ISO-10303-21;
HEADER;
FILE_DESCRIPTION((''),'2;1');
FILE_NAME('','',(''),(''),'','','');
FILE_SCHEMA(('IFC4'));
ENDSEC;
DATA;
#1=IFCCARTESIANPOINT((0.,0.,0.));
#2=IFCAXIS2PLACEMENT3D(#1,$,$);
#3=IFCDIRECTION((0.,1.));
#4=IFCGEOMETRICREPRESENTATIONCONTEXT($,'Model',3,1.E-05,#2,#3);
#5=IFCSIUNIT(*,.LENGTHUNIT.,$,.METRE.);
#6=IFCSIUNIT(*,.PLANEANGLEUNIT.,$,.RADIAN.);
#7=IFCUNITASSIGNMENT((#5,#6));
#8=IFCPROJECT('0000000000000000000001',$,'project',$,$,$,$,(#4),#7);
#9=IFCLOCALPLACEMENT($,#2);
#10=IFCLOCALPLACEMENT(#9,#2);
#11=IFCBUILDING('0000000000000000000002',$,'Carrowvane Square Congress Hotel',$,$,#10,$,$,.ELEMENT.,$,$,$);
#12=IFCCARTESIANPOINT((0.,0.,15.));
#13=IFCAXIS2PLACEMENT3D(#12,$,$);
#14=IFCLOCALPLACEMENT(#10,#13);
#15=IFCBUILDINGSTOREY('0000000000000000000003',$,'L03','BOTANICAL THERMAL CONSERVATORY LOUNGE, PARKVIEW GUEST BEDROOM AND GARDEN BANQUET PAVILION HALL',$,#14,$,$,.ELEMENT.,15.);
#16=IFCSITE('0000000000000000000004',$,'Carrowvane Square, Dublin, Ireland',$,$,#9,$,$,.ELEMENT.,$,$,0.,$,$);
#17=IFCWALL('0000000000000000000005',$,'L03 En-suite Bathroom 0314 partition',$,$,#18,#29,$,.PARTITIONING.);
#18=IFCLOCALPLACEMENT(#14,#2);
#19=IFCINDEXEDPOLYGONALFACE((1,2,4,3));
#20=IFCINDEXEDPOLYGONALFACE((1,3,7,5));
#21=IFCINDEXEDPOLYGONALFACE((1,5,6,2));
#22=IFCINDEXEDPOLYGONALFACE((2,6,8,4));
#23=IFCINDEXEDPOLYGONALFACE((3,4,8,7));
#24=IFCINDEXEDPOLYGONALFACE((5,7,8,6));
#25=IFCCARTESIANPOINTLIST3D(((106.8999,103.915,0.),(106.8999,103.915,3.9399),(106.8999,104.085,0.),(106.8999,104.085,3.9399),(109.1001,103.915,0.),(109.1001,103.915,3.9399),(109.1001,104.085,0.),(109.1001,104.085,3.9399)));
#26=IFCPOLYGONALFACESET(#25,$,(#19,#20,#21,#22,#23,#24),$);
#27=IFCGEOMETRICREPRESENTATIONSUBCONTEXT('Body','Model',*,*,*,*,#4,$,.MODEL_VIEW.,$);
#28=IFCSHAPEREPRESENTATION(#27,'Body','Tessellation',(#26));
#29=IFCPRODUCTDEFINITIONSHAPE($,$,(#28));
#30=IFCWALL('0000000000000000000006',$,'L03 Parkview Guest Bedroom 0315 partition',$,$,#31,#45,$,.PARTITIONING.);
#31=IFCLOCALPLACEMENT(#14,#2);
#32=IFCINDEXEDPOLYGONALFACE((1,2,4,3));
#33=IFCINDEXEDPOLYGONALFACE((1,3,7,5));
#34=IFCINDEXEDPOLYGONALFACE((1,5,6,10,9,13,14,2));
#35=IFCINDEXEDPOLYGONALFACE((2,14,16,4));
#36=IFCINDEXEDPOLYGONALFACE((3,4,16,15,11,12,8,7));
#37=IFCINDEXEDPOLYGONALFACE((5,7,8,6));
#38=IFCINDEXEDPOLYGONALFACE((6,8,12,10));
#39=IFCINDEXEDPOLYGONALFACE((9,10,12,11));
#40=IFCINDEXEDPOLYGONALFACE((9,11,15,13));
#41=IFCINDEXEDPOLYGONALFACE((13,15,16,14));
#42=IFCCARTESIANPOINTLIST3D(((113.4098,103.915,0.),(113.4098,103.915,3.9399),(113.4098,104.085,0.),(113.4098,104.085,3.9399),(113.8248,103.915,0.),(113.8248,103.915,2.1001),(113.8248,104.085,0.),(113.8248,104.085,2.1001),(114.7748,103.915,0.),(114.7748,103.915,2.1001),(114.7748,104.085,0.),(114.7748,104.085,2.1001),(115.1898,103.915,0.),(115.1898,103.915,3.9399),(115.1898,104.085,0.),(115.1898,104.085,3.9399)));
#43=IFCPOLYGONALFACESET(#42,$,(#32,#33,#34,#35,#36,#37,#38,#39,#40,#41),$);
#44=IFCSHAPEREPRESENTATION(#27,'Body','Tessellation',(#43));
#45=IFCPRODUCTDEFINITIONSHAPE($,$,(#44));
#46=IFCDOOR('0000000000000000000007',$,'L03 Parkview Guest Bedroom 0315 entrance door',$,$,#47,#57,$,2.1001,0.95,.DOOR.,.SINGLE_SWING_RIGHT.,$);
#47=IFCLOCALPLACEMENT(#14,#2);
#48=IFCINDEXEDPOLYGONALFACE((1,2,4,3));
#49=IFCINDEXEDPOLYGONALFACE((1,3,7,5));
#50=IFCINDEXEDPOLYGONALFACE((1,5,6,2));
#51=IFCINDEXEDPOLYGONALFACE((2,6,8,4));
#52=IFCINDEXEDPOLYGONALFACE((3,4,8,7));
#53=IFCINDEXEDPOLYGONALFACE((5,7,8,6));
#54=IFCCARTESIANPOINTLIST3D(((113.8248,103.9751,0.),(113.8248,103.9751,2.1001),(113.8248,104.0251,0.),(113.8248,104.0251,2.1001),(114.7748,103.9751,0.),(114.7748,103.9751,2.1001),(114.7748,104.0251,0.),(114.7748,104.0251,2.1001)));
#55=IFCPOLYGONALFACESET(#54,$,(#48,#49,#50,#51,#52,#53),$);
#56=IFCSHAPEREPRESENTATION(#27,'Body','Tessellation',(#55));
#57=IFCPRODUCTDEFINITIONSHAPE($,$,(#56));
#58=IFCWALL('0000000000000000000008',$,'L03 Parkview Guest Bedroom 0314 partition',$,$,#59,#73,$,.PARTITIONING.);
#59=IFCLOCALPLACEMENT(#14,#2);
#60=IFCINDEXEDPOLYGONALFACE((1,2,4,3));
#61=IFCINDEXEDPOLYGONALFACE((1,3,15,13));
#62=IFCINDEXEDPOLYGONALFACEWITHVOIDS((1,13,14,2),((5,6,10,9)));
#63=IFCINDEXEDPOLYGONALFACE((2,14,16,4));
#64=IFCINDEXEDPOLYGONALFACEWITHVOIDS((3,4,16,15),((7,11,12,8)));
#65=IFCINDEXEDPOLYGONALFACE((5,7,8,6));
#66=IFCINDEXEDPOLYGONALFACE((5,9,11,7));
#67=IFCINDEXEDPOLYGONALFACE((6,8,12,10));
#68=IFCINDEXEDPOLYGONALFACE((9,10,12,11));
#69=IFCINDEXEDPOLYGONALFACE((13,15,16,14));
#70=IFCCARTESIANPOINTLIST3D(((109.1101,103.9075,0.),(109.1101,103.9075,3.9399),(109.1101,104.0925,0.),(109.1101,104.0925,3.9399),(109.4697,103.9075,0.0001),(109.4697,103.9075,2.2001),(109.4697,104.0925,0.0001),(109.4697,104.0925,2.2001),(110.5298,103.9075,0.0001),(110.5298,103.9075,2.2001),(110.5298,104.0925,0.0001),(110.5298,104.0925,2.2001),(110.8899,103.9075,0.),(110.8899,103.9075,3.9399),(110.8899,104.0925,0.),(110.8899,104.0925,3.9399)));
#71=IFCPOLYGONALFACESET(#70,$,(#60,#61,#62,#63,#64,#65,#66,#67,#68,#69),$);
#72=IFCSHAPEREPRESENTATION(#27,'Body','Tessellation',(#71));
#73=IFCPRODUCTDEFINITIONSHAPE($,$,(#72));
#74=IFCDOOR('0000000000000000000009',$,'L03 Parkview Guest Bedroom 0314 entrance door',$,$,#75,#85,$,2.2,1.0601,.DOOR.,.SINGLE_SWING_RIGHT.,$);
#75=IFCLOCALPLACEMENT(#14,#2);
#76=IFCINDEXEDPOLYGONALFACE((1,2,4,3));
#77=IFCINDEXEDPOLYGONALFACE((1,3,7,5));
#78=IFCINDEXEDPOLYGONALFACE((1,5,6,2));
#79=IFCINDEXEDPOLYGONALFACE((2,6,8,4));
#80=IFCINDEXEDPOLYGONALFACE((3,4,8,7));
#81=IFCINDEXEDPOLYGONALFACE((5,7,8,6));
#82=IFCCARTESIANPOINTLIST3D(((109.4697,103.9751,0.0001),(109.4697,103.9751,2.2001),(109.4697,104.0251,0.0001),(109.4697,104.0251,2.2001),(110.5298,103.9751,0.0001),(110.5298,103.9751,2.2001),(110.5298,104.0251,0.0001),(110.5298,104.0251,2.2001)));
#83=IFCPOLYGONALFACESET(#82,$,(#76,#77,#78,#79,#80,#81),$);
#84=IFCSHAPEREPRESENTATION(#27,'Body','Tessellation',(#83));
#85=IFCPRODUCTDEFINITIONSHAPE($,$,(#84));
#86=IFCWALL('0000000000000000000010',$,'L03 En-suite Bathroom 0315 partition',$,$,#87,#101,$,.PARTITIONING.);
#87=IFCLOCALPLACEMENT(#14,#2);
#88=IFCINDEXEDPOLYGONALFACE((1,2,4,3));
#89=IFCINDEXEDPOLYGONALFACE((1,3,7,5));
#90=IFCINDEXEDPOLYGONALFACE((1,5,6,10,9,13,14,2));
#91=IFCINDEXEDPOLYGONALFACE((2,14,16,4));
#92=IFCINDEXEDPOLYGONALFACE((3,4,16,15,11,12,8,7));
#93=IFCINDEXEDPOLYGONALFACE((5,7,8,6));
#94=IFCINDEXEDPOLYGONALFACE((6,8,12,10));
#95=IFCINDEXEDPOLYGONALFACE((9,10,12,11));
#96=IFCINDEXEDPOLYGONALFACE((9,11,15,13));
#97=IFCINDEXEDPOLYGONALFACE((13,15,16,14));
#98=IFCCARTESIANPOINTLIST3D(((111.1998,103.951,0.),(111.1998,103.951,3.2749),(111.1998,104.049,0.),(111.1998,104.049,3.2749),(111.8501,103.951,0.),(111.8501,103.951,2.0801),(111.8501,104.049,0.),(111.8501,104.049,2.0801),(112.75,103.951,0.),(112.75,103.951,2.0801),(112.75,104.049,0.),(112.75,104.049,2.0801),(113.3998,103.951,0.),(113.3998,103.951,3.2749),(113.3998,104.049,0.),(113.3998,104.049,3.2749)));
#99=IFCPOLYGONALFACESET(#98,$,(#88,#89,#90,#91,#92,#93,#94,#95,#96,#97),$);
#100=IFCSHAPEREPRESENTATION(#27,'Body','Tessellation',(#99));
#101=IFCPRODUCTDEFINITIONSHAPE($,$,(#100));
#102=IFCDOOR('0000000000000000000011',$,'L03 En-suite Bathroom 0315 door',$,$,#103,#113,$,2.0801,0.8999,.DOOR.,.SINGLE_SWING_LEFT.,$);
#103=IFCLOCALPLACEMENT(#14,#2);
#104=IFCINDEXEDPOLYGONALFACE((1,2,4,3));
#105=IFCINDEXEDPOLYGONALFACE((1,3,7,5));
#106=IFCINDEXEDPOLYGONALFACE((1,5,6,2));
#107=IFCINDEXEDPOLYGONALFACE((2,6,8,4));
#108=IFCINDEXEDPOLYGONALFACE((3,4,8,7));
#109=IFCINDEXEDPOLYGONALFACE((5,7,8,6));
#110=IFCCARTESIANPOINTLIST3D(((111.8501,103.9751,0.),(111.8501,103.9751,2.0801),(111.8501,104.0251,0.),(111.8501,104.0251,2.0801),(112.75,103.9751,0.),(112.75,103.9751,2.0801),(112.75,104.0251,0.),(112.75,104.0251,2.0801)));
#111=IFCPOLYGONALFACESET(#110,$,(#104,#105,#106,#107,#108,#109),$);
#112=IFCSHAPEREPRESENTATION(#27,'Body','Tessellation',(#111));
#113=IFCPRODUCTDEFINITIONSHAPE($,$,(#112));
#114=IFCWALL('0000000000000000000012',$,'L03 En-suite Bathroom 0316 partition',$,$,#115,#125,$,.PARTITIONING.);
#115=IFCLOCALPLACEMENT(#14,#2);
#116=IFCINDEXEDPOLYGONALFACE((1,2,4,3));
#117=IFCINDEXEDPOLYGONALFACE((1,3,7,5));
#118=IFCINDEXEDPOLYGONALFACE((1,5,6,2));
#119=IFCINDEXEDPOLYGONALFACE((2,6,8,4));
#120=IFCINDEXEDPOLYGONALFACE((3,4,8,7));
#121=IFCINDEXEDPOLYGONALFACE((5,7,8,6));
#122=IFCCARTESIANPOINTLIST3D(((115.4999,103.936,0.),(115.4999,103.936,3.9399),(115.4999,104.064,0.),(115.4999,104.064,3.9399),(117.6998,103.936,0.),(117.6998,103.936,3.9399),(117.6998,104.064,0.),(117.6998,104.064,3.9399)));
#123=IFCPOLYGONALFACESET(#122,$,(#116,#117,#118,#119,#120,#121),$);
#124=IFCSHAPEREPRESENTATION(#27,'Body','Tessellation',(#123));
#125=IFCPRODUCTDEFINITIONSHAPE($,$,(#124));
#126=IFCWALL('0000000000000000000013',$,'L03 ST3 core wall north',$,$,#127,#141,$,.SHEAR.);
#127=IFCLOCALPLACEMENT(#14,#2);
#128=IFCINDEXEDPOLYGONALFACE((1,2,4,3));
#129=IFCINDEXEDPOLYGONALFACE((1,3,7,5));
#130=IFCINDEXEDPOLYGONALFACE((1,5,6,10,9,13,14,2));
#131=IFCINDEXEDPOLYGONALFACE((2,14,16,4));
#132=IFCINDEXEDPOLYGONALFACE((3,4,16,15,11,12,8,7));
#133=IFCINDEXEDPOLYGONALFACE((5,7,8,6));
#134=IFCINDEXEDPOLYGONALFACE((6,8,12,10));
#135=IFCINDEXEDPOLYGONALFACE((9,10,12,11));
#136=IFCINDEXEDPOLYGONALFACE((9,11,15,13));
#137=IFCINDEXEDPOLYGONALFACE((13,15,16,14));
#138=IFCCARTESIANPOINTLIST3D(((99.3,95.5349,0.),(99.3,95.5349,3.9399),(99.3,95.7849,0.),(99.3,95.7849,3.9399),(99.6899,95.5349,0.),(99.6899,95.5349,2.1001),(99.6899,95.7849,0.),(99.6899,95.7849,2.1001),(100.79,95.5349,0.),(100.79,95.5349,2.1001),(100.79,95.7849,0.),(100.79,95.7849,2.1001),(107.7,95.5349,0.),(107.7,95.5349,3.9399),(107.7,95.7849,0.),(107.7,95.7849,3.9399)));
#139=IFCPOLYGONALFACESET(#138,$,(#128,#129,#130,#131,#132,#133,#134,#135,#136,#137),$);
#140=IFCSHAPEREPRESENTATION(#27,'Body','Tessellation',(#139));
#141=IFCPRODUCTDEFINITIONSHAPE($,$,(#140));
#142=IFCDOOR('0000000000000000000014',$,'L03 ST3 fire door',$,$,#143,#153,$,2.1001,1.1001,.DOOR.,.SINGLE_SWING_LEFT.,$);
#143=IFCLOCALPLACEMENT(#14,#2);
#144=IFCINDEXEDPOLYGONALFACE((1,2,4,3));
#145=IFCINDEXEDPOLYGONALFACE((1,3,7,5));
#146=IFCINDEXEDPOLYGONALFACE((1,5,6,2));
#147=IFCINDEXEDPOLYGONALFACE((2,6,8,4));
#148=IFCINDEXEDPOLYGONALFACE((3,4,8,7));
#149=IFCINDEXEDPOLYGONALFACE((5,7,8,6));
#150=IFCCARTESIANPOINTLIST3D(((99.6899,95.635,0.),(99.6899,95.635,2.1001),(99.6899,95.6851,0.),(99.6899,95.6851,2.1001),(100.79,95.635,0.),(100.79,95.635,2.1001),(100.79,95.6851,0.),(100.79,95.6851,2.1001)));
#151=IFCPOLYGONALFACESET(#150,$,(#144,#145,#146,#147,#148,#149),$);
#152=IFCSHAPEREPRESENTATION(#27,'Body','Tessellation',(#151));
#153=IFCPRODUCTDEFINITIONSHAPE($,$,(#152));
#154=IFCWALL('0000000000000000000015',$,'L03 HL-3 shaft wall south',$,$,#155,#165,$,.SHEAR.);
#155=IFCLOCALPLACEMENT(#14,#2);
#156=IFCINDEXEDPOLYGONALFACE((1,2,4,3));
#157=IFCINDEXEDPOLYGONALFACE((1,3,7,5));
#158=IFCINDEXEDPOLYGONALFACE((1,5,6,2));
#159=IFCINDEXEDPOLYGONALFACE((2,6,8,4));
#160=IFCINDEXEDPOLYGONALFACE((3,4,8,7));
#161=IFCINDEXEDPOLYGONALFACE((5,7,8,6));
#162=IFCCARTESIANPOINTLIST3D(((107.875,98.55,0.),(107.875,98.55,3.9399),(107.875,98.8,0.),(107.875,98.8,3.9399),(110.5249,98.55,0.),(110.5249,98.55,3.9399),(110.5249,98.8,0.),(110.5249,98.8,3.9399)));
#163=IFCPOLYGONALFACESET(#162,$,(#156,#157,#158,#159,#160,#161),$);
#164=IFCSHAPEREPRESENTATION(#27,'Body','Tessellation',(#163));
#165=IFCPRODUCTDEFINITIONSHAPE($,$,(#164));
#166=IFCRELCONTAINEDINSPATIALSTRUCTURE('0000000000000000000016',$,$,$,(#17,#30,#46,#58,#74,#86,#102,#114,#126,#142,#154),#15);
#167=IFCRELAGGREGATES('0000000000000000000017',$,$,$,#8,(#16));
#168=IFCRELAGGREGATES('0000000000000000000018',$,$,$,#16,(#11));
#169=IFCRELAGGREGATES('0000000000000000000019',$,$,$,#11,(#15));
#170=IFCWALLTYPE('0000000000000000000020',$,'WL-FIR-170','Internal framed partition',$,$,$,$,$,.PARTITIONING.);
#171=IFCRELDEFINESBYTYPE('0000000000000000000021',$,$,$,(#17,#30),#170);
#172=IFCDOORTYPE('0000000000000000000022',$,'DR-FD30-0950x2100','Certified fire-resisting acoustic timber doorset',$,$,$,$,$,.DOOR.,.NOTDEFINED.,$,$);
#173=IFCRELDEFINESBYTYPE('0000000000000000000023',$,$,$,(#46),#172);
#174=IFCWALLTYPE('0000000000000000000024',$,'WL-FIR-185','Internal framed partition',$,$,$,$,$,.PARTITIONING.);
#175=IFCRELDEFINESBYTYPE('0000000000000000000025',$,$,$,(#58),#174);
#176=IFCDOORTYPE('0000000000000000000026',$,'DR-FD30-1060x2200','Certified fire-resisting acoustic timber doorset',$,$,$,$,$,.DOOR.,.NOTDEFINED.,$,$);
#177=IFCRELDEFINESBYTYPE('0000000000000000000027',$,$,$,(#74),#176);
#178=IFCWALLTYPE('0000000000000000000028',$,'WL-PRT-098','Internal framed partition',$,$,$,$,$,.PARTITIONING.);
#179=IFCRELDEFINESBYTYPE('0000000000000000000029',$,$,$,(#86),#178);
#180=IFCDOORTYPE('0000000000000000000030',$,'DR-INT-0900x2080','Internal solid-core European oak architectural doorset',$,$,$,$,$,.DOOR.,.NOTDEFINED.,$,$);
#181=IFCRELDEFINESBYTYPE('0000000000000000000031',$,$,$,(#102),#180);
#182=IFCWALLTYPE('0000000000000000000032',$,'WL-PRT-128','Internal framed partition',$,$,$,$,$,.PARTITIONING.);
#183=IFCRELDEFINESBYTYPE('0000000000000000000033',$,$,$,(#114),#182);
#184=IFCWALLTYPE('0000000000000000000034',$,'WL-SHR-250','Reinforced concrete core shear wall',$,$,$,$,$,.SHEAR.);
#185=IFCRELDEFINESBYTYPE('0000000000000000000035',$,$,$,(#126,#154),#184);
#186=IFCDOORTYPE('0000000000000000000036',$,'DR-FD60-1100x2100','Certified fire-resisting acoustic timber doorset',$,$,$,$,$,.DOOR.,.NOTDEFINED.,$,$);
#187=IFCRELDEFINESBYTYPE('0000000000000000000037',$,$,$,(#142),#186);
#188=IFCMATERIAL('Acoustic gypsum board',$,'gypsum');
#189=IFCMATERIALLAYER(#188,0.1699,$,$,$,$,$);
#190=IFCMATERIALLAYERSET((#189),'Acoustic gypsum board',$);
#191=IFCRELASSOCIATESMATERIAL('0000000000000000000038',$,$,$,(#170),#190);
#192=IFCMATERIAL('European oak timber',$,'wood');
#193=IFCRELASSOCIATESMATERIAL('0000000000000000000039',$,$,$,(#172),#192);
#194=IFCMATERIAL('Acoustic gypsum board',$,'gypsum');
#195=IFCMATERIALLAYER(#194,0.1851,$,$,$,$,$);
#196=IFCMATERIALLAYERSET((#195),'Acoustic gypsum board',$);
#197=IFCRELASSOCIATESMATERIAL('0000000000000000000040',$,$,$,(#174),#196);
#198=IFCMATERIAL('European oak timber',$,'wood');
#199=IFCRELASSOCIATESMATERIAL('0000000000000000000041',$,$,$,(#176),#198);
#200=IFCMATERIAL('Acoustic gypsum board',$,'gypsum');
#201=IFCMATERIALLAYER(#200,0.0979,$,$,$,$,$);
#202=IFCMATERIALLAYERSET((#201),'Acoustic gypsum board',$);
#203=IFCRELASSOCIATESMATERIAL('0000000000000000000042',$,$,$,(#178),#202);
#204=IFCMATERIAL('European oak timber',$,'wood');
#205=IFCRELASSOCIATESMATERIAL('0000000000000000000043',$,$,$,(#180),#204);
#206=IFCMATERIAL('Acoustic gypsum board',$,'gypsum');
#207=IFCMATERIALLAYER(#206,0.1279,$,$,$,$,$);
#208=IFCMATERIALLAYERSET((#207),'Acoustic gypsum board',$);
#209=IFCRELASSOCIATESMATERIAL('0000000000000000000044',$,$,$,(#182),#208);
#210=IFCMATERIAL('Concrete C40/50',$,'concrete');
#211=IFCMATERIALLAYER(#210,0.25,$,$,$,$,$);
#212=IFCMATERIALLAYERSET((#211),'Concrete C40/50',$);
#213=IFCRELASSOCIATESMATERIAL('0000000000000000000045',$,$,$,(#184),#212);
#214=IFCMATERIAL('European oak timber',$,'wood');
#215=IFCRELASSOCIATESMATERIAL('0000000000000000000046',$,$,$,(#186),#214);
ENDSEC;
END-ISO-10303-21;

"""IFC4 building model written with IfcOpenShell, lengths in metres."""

from ifc_helpers import new_model, si_unit, direction, frame, frame_2d, origin, place, context, subcontext, project, spatial, rectangle, extrude, material, layer, layer_set, type_object, element, fill, save


model = new_model("IFC4")

# Units and contexts
model_context = context("Model", 3, precision=1e-05, world=origin(), true_north=direction((0.0, 1.0)))
body_context = subcontext(model_context, "Body", "Model", "MODEL_VIEW")
ifc_project = project(units=[si_unit("LENGTHUNIT", "METRE"), si_unit("PLANEANGLEUNIT", "RADIAN")], contexts=[model_context])

# Site, building, storey
site_placement = place(None, origin())
site = spatial("IfcSite", under=ifc_project, at=site_placement, Name="Carrowvane Square, Dublin, Ireland", CompositionType="ELEMENT", RefElevation=0.0)
building_placement = place(site_placement, origin())
building = spatial("IfcBuilding", under=site, at=building_placement, Name="Carrowvane Square Congress Hotel", CompositionType="ELEMENT")
storey_placement = place(building_placement, frame((0.0, 0.0, 15.0)))
storey = spatial("IfcBuildingStorey", under=building, at=storey_placement, Name="L03", Description="BOTANICAL THERMAL CONSERVATORY LOUNGE, PARKVIEW GUEST BEDROOM AND GARDEN BANQUET PAVILION HALL", CompositionType="ELEMENT", Elevation=15.0)

# Wall
ifc_material_1 = material(Name="Acoustic gypsum board", Category="gypsum")
ifc_layer_1 = layer(ifc_material_1, 0.1699)
ifc_layer_set_1 = layer_set([ifc_layer_1], Name="Acoustic gypsum board")
wall_type_1 = type_object("IfcWallType", Name="WL-FIR-170", Description="Internal framed partition", PredefinedType="PARTITIONING", material=ifc_layer_set_1)
wall_1_placement = place(storey_placement, frame((109.1001, 104.0, 0.0), z_axis=(0.0, 0.0, 1.0), x_axis=(-1.0, 0.0, 0.0)))
element("IfcWall", 1, at=wall_1_placement, inside=storey, type_object=wall_type_1, Name="L03 En-suite Bathroom 0314 partition", PredefinedType="PARTITIONING", context=body_context, shape_type="SweptSolid", body=[
    extrude(rectangle(XDim=2.2002, YDim=0.1699, at=frame_2d((1.1001, 0.0))), origin(), (0.0, 0.0, 1.0), 3.9399),
])

# Walls, openings, doors
wall_2_placement = place(storey_placement, frame((115.1899, 104.0, 0.0), z_axis=(0.0, 0.0, 1.0), x_axis=(-1.0, 0.0, 0.0)))
wall_2 = element("IfcWall", 2, at=wall_2_placement, inside=storey, type_object=wall_type_1, Name="L03 Parkview Guest Bedroom 0315 partition", PredefinedType="PARTITIONING", context=body_context, shape_type="SweptSolid", body=[
    extrude(rectangle(XDim=1.78, YDim=0.1699, at=frame_2d((0.8901, 0.0))), origin(), (0.0, 0.0, 1.0), 3.9399),
])
opening_1_placement = place(wall_2_placement, frame((0.415, 0.0, 0.0)))
opening_1 = element("IfcOpeningElement", 3, at=opening_1_placement, cuts=wall_2, PredefinedType="OPENING", context=body_context, shape_type="SweptSolid", body=[
    extrude(rectangle(XDim=0.95, YDim=2.1001, at=frame_2d((0.4751, 1.05))), frame((0.0, 0.095, 0.0), z_axis=(0.0, -1.0, 0.0), x_axis=(1.0, 0.0, 0.0)), (0.0, 0.0, 1.0), 0.1899),
])
ifc_material_2 = material(Name="European oak timber", Category="wood")
door_type_1 = type_object("IfcDoorType", Name="DR-FD30-0950x2100", Description="Certified fire-resisting acoustic timber doorset", OperationType="NOTDEFINED", PredefinedType="DOOR", material=ifc_material_2)
door_1_placement = place(opening_1_placement, origin())
door_1 = element("IfcDoor", 4, at=door_1_placement, inside=storey, type_object=door_type_1, Name="L03 Parkview Guest Bedroom 0315 entrance door", OperationType="SINGLE_SWING_RIGHT", OverallHeight=2.1001, OverallWidth=0.95, PredefinedType="DOOR", context=body_context, shape_type="SweptSolid", body=[
    extrude(rectangle(XDim=0.95, YDim=2.1001, at=frame_2d((0.4751, 1.05))), frame((0.0, 0.0249, 0.0), z_axis=(0.0, -1.0, 0.0), x_axis=(1.0, 0.0, 0.0)), (0.0, 0.0, 1.0), 0.05),
])
fill(opening_1, door_1)
ifc_material_3 = material(Name="Acoustic gypsum board", Category="gypsum")
ifc_layer_2 = layer(ifc_material_3, 0.1851)
ifc_layer_set_2 = layer_set([ifc_layer_2], Name="Acoustic gypsum board")
wall_type_2 = type_object("IfcWallType", Name="WL-FIR-185", Description="Internal framed partition", PredefinedType="PARTITIONING", material=ifc_layer_set_2)
wall_3_placement = place(storey_placement, frame((110.8899, 104.0, 0.0), z_axis=(0.0, 0.0, 1.0), x_axis=(-1.0, 0.0, 0.0)))
wall_3 = element("IfcWall", 5, at=wall_3_placement, inside=storey, type_object=wall_type_2, Name="L03 Parkview Guest Bedroom 0314 partition", PredefinedType="PARTITIONING", context=body_context, shape_type="SweptSolid", body=[
    extrude(rectangle(XDim=1.7798, YDim=0.1851, at=frame_2d((0.8899, 0.0))), origin(), (0.0, 0.0, 1.0), 3.9399),
])
opening_2_placement = place(wall_3_placement, frame((0.3601, 0.0, 0.0)))
opening_2 = element("IfcOpeningElement", 6, at=opening_2_placement, cuts=wall_3, PredefinedType="OPENING", context=body_context, shape_type="SweptSolid", body=[
    extrude(rectangle(XDim=1.0601, YDim=2.2, at=frame_2d((0.53, 1.1001))), frame((0.0, 0.1025, 0.0), z_axis=(0.0, -1.0, 0.0), x_axis=(1.0, 0.0, 0.0)), (0.0, 0.0, 1.0), 0.2051),
])
ifc_material_4 = material(Name="European oak timber", Category="wood")
door_type_2 = type_object("IfcDoorType", Name="DR-FD30-1060x2200", Description="Certified fire-resisting acoustic timber doorset", OperationType="NOTDEFINED", PredefinedType="DOOR", material=ifc_material_4)
door_2_placement = place(opening_2_placement, origin())
door_2 = element("IfcDoor", 7, at=door_2_placement, inside=storey, type_object=door_type_2, Name="L03 Parkview Guest Bedroom 0314 entrance door", OperationType="SINGLE_SWING_RIGHT", OverallHeight=2.2, OverallWidth=1.0601, PredefinedType="DOOR", context=body_context, shape_type="SweptSolid", body=[
    extrude(rectangle(XDim=1.0601, YDim=2.2, at=frame_2d((0.53, 1.1001))), frame((0.0, 0.0249, 0.0), z_axis=(0.0, -1.0, 0.0), x_axis=(1.0, 0.0, 0.0)), (0.0, 0.0, 1.0), 0.05),
])
fill(opening_2, door_2)
ifc_material_5 = material(Name="Acoustic gypsum board", Category="gypsum")
ifc_layer_3 = layer(ifc_material_5, 0.0979)
ifc_layer_set_3 = layer_set([ifc_layer_3], Name="Acoustic gypsum board")
wall_type_3 = type_object("IfcWallType", Name="WL-PRT-098", Description="Internal framed partition", PredefinedType="PARTITIONING", material=ifc_layer_set_3)
wall_4_placement = place(storey_placement, frame((113.3999, 104.0, 0.0), z_axis=(0.0, 0.0, 1.0), x_axis=(-1.0, 0.0, 0.0)))
wall_4 = element("IfcWall", 8, at=wall_4_placement, inside=storey, type_object=wall_type_3, Name="L03 En-suite Bathroom 0315 partition", PredefinedType="PARTITIONING", context=body_context, shape_type="SweptSolid", body=[
    extrude(rectangle(XDim=2.2, YDim=0.0979, at=frame_2d((1.1001, 0.0))), origin(), (0.0, 0.0, 1.0), 3.2749),
])
opening_3_placement = place(wall_4_placement, frame((0.6499, 0.0, 0.0)))
opening_3 = element("IfcOpeningElement", 9, at=opening_3_placement, cuts=wall_4, PredefinedType="OPENING", context=body_context, shape_type="SweptSolid", body=[
    extrude(rectangle(XDim=0.8999, YDim=2.0801, at=frame_2d((0.45, 1.04))), frame((0.0, 0.0588, 0.0), z_axis=(0.0, -1.0, 0.0), x_axis=(1.0, 0.0, 0.0)), (0.0, 0.0, 1.0), 0.1179),
])
ifc_material_6 = material(Name="European oak timber", Category="wood")
door_type_3 = type_object("IfcDoorType", Name="DR-INT-0900x2080", Description="Internal solid-core European oak architectural doorset", OperationType="NOTDEFINED", PredefinedType="DOOR", material=ifc_material_6)
door_3_placement = place(opening_3_placement, origin())
door_3 = element("IfcDoor", 10, at=door_3_placement, inside=storey, type_object=door_type_3, Name="L03 En-suite Bathroom 0315 door", OperationType="SINGLE_SWING_LEFT", OverallHeight=2.0801, OverallWidth=0.8999, PredefinedType="DOOR", context=body_context, shape_type="SweptSolid", body=[
    extrude(rectangle(XDim=0.8999, YDim=2.0801, at=frame_2d((0.45, 1.04))), frame((0.0, 0.0249, 0.0), z_axis=(0.0, -1.0, 0.0), x_axis=(1.0, 0.0, 0.0)), (0.0, 0.0, 1.0), 0.05),
])
fill(opening_3, door_3)

# Wall
ifc_material_7 = material(Name="Acoustic gypsum board", Category="gypsum")
ifc_layer_4 = layer(ifc_material_7, 0.1279)
ifc_layer_set_4 = layer_set([ifc_layer_4], Name="Acoustic gypsum board")
wall_type_4 = type_object("IfcWallType", Name="WL-PRT-128", Description="Internal framed partition", PredefinedType="PARTITIONING", material=ifc_layer_set_4)
wall_5_placement = place(storey_placement, frame((117.7, 104.0, 0.0), z_axis=(0.0, 0.0, 1.0), x_axis=(-1.0, 0.0, 0.0)))
element("IfcWall", 11, at=wall_5_placement, inside=storey, type_object=wall_type_4, Name="L03 En-suite Bathroom 0316 partition", PredefinedType="PARTITIONING", context=body_context, shape_type="SweptSolid", body=[
    extrude(rectangle(XDim=2.2, YDim=0.1279, at=frame_2d((1.1001, 0.0))), origin(), (0.0, 0.0, 1.0), 3.9399),
])

# Wall, opening, door
ifc_material_8 = material(Name="Concrete C40/50", Category="concrete")
ifc_layer_5 = layer(ifc_material_8, 0.25)
ifc_layer_set_5 = layer_set([ifc_layer_5], Name="Concrete C40/50")
wall_type_5 = type_object("IfcWallType", Name="WL-SHR-250", Description="Reinforced concrete core shear wall", PredefinedType="SHEAR", material=ifc_layer_set_5)
wall_6_placement = place(storey_placement, frame((107.7, 95.6599, 0.0), z_axis=(0.0, 0.0, 1.0), x_axis=(-1.0, 0.0, 0.0)))
wall_6 = element("IfcWall", 12, at=wall_6_placement, inside=storey, type_object=wall_type_5, Name="L03 ST3 core wall north", PredefinedType="SHEAR", context=body_context, shape_type="SweptSolid", body=[
    extrude(rectangle(XDim=8.3999, YDim=0.25, at=frame_2d((4.2, 0.0))), origin(), (0.0, 0.0, 1.0), 3.9399),
])
opening_4_placement = place(wall_6_placement, frame((6.9099, 0.0, 0.0)))
opening_4 = element("IfcOpeningElement", 13, at=opening_4_placement, cuts=wall_6, PredefinedType="OPENING", context=body_context, shape_type="SweptSolid", body=[
    extrude(rectangle(XDim=1.1001, YDim=2.1001, at=frame_2d((0.55, 1.05))), frame((0.0, 0.135, 0.0), z_axis=(0.0, -1.0, 0.0), x_axis=(1.0, 0.0, 0.0)), (0.0, 0.0, 1.0), 0.27),
])
ifc_material_9 = material(Name="European oak timber", Category="wood")
door_type_4 = type_object("IfcDoorType", Name="DR-FD60-1100x2100", Description="Certified fire-resisting acoustic timber doorset", OperationType="NOTDEFINED", PredefinedType="DOOR", material=ifc_material_9)
door_4_placement = place(opening_4_placement, origin())
door_4 = element("IfcDoor", 14, at=door_4_placement, inside=storey, type_object=door_type_4, Name="L03 ST3 fire door", OperationType="SINGLE_SWING_LEFT", OverallHeight=2.1001, OverallWidth=1.1001, PredefinedType="DOOR", context=body_context, shape_type="SweptSolid", body=[
    extrude(rectangle(XDim=1.1001, YDim=2.1001, at=frame_2d((0.55, 1.05))), frame((0.0, 0.0249, 0.0), z_axis=(0.0, -1.0, 0.0), x_axis=(1.0, 0.0, 0.0)), (0.0, 0.0, 1.0), 0.05),
])
fill(opening_4, door_4)

# Wall
wall_7_placement = place(storey_placement, frame((107.875, 98.675, 0.0), z_axis=(0.0, 0.0, 1.0), x_axis=(1.0, 0.0, 0.0)))
element("IfcWall", 15, at=wall_7_placement, inside=storey, type_object=wall_type_5, Name="L03 HL-3 shaft wall south", PredefinedType="SHEAR", context=body_context, shape_type="SweptSolid", body=[
    extrude(rectangle(XDim=2.6499, YDim=0.25, at=frame_2d((1.325, 0.0))), origin(), (0.0, 0.0, 1.0), 3.9399),
])

save(model, "model.ifc")
